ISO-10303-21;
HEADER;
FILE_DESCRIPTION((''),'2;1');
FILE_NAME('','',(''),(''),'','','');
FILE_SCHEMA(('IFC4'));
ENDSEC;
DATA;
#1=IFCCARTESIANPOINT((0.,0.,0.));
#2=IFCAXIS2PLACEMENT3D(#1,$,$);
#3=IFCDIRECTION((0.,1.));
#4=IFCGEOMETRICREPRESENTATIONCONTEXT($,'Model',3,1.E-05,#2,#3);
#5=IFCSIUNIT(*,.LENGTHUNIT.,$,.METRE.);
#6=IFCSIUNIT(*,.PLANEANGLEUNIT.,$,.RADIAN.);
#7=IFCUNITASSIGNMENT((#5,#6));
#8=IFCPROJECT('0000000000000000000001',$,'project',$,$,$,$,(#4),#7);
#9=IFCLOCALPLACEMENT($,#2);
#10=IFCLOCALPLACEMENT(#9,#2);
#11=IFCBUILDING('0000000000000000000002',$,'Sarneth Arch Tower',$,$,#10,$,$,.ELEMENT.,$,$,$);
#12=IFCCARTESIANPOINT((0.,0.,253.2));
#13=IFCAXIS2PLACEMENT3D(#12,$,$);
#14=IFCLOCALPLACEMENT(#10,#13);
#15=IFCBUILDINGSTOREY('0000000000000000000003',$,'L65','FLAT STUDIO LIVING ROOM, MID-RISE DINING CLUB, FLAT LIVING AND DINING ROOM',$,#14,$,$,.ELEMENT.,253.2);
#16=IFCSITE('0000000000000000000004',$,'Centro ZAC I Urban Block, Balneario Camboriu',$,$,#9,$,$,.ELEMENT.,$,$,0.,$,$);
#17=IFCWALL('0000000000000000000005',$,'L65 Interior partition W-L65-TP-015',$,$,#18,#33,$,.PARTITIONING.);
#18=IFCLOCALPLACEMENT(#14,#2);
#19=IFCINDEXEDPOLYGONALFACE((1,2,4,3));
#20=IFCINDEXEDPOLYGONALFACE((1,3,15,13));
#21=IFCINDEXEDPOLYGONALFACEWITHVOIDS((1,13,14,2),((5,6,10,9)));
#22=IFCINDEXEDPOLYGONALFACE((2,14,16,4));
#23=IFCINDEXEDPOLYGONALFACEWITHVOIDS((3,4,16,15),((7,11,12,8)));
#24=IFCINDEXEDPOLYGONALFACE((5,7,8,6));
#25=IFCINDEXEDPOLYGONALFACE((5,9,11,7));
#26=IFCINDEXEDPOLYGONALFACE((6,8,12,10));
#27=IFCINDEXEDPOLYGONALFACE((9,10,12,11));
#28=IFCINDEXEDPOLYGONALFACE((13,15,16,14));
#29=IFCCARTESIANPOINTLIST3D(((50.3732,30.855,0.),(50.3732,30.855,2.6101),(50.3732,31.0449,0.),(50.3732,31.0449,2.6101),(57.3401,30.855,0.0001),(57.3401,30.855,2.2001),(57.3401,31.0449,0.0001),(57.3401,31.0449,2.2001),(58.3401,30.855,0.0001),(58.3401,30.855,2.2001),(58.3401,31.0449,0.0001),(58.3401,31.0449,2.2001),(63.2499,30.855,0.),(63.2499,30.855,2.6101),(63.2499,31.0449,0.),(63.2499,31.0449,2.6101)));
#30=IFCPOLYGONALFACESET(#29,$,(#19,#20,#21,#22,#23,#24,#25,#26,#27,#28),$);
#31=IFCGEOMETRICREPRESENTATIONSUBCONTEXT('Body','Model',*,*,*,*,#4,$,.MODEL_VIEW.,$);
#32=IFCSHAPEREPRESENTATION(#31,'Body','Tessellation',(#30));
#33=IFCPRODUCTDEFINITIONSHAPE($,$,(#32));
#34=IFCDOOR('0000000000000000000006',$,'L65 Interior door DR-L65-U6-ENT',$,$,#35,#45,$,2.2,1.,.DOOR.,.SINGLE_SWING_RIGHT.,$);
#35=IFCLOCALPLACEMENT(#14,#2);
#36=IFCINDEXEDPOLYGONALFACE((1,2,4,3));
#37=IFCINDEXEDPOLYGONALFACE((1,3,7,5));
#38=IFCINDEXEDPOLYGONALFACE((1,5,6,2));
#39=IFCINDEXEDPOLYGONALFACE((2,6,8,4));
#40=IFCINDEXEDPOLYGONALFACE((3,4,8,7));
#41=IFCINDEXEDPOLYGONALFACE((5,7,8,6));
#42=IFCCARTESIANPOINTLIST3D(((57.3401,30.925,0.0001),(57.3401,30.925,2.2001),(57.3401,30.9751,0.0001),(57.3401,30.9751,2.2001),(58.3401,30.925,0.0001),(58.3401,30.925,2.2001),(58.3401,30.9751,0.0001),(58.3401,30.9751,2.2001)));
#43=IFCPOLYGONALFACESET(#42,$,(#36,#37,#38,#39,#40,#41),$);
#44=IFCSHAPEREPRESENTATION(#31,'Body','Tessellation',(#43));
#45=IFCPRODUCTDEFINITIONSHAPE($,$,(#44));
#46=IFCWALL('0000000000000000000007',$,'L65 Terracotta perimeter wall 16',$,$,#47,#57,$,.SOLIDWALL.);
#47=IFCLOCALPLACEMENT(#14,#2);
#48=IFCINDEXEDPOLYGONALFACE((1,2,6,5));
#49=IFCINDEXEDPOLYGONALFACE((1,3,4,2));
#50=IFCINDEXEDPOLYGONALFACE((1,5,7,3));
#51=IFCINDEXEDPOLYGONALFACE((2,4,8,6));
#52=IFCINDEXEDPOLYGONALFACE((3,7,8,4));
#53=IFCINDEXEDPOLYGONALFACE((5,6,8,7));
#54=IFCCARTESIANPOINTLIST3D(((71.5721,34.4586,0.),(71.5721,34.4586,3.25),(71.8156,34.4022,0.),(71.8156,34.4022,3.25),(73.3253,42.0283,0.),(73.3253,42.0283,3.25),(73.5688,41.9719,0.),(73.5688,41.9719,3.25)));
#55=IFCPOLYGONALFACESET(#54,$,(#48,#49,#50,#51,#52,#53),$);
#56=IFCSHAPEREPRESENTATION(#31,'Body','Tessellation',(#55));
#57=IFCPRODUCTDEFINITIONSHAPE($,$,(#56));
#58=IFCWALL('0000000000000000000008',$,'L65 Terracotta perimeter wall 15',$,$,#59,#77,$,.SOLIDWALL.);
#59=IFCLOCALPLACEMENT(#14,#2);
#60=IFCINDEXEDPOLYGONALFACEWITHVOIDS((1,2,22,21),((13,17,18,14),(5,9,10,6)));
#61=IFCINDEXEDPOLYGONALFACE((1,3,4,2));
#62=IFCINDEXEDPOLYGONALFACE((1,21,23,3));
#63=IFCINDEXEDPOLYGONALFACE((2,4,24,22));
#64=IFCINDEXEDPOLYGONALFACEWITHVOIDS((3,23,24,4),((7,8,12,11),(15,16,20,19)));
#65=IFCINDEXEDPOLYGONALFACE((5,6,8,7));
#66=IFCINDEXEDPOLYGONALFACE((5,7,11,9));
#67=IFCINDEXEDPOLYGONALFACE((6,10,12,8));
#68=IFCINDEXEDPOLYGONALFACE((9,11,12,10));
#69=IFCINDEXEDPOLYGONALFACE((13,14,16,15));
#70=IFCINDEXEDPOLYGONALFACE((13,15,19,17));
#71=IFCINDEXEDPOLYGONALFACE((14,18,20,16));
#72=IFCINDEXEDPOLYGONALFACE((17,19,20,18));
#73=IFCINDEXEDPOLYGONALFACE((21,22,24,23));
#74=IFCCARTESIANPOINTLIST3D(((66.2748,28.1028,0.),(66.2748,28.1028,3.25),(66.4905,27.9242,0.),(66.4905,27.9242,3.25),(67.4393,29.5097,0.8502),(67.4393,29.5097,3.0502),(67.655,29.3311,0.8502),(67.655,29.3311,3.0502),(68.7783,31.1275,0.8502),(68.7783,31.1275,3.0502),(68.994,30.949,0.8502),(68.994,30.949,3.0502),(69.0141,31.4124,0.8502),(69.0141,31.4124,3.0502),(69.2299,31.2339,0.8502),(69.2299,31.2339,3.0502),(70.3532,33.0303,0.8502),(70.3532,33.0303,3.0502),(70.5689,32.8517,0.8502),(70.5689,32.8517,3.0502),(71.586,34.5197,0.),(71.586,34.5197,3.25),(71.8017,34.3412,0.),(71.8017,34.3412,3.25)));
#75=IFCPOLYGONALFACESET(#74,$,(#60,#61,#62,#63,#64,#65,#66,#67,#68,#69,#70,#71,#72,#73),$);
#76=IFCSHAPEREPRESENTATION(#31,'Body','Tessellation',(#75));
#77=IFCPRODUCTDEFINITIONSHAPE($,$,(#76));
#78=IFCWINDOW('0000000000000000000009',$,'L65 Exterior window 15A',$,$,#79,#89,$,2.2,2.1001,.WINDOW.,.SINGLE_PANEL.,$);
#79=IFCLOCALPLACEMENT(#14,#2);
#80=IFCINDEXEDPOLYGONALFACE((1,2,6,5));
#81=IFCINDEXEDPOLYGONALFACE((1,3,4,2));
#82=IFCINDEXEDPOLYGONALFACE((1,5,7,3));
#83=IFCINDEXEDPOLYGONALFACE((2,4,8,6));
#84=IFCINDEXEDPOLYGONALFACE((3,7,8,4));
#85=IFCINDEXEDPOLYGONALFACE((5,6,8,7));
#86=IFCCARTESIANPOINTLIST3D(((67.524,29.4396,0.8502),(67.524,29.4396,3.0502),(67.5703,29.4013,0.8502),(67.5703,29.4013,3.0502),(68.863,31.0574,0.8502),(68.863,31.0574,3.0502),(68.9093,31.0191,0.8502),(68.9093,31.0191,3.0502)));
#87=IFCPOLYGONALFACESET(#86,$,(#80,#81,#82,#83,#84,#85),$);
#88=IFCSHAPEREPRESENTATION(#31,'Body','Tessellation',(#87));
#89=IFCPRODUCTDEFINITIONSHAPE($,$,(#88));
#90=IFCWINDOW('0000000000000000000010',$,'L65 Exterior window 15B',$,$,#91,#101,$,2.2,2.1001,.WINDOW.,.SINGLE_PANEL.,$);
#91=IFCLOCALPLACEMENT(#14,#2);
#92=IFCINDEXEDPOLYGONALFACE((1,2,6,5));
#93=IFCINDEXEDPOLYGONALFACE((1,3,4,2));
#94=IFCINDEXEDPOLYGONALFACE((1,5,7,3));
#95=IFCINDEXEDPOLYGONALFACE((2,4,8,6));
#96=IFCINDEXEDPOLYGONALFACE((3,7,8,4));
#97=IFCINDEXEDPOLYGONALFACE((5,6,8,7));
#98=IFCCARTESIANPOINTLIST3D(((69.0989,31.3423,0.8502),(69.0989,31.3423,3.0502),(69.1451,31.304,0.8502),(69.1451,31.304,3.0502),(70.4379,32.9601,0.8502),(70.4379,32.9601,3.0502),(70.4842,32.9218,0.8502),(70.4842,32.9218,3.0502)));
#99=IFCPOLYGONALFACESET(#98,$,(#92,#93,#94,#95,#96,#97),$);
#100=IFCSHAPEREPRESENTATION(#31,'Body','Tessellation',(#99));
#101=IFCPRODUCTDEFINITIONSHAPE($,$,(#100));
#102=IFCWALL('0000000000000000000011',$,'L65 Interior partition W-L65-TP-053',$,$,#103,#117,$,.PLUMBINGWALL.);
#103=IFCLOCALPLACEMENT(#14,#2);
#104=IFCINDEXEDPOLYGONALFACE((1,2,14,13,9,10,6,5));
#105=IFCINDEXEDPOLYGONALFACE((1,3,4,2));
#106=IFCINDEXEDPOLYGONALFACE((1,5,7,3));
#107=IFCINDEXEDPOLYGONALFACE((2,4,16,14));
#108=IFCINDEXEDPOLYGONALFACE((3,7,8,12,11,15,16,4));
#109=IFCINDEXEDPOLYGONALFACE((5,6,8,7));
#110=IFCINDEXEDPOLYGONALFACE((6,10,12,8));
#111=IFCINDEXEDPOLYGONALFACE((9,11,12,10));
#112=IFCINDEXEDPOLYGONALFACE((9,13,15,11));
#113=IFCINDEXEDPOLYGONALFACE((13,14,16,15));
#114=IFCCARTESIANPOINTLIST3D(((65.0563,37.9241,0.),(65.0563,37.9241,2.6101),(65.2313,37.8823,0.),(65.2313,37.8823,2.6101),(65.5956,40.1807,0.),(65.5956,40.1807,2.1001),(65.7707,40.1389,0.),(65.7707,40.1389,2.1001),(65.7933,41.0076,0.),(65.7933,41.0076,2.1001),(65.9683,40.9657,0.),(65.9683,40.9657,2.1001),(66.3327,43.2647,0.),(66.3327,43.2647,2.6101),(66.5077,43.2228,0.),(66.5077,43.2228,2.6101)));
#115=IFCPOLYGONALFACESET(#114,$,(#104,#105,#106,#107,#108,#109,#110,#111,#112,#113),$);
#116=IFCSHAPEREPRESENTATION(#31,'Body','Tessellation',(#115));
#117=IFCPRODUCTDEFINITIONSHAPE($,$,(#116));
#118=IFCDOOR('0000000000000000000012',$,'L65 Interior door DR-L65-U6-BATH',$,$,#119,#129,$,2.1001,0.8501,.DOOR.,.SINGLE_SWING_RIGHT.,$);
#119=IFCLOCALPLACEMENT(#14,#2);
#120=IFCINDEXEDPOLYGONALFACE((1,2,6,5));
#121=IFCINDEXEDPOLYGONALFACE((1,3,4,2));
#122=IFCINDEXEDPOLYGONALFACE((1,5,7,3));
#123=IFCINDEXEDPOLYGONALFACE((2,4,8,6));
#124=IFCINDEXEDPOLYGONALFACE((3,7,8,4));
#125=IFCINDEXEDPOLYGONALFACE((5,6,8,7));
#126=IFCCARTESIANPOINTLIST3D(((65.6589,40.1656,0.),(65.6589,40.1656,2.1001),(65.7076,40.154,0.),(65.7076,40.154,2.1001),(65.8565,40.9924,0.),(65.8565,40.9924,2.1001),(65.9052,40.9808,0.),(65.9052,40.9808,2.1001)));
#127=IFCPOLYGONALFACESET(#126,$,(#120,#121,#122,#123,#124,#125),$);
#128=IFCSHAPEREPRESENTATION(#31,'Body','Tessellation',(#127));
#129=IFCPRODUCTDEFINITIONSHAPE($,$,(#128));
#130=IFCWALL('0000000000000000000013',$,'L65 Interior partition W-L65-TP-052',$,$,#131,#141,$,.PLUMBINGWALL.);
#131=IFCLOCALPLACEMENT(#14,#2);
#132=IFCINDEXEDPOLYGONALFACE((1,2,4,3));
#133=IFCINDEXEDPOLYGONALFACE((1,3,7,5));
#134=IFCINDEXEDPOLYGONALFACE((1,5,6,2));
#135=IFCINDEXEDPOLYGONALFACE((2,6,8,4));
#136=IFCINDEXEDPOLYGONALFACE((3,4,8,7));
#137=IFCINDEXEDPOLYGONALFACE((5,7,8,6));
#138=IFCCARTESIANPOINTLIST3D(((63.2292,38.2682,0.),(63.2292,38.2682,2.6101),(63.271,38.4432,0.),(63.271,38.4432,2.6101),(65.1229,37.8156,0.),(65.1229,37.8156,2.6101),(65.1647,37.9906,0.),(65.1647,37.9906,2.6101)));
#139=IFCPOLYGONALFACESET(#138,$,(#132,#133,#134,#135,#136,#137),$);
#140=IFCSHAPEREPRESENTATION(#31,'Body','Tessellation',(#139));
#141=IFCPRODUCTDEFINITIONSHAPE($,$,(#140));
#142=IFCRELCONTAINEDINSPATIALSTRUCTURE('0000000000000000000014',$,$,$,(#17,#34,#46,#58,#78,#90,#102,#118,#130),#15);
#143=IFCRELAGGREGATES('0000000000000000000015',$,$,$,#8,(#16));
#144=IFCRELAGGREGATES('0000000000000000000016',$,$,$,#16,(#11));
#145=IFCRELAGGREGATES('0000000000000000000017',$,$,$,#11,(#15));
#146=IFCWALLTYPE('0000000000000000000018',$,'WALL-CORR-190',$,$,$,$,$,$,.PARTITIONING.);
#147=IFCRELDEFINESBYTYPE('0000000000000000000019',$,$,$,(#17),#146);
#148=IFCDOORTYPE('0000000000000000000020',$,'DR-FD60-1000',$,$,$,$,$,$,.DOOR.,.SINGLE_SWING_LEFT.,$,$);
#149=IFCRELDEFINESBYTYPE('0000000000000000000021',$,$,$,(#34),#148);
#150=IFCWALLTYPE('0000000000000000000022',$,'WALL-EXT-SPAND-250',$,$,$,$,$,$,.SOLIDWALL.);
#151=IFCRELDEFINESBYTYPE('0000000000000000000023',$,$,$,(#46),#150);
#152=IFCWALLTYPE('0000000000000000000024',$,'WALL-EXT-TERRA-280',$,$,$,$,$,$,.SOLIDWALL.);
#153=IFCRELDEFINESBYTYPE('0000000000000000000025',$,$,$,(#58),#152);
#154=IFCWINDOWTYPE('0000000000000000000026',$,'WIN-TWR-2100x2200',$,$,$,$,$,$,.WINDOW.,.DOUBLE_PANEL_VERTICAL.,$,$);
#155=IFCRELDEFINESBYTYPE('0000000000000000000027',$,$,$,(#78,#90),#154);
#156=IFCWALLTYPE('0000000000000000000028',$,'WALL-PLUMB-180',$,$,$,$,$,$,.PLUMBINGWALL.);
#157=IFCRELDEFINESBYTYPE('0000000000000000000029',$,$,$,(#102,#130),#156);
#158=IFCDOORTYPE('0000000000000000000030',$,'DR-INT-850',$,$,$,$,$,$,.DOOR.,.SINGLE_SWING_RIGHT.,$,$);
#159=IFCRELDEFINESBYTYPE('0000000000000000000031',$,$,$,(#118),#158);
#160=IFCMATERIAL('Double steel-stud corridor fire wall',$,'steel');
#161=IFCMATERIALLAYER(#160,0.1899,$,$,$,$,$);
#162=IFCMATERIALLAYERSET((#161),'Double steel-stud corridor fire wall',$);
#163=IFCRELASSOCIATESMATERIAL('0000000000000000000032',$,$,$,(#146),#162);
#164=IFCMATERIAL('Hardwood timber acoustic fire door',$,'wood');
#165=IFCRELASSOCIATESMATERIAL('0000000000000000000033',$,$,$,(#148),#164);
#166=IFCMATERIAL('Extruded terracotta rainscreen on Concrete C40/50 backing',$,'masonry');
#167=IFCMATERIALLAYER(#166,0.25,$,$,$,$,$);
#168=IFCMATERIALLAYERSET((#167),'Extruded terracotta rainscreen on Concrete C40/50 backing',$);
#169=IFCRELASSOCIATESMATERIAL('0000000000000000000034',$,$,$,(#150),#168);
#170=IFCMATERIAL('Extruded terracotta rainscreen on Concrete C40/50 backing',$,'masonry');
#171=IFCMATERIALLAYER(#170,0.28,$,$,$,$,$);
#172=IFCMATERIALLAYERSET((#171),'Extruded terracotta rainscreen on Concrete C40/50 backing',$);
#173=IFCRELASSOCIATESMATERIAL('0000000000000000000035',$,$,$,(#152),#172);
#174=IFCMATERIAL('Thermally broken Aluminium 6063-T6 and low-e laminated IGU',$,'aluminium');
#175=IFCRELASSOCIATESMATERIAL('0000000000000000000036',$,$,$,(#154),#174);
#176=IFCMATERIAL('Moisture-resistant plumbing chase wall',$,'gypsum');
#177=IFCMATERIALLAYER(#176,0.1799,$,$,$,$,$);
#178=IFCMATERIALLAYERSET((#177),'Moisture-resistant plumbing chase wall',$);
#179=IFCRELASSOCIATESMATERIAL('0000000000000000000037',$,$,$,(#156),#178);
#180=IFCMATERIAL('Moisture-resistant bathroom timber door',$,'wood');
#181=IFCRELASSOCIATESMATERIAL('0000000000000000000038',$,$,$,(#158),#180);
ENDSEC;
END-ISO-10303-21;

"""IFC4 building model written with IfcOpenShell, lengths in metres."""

from ifc_helpers import new_model, si_unit, direction, frame, frame_2d, origin, place, context, subcontext, project, spatial, rectangle, extrude, material, layer, layer_set, type_object, element, fill, save


model = new_model("IFC4")

# Units and contexts
model_context = context("Model", 3, precision=1e-05, world=origin(), true_north=direction((0.0, 1.0)))
body_context = subcontext(model_context, "Body", "Model", "MODEL_VIEW")
ifc_project = project(units=[si_unit("LENGTHUNIT", "METRE"), si_unit("PLANEANGLEUNIT", "RADIAN")], contexts=[model_context])

# Site, building, storey
site_placement = place(None, origin())
site = spatial("IfcSite", under=ifc_project, at=site_placement, Name="Centro ZAC I Urban Block, Balneario Camboriu", CompositionType="ELEMENT", RefElevation=0.0)
building_placement = place(site_placement, origin())
building = spatial("IfcBuilding", under=site, at=building_placement, Name="Sarneth Arch Tower", CompositionType="ELEMENT")
storey_placement = place(building_placement, frame((0.0, 0.0, 253.2)))
storey = spatial("IfcBuildingStorey", under=building, at=storey_placement, Name="L65", Description="FLAT STUDIO LIVING ROOM, MID-RISE DINING CLUB, FLAT LIVING AND DINING ROOM", CompositionType="ELEMENT", Elevation=253.2)

# Wall, opening, door
ifc_material_1 = material(Name="Double steel-stud corridor fire wall", Category="steel")
ifc_layer_1 = layer(ifc_material_1, 0.1899)
ifc_layer_set_1 = layer_set([ifc_layer_1], Name="Double steel-stud corridor fire wall")
wall_type_1 = type_object("IfcWallType", Name="WALL-CORR-190", PredefinedType="PARTITIONING", material=ifc_layer_set_1)
wall_1_placement = place(storey_placement, frame((63.25, 30.95, 0.0), z_axis=(0.0, 0.0, 1.0), x_axis=(-1.0, 0.0, 0.0)))
wall_1 = element("IfcWall", 1, at=wall_1_placement, inside=storey, type_object=wall_type_1, Name="L65 Interior partition W-L65-TP-015", PredefinedType="PARTITIONING", context=body_context, shape_type="SweptSolid", body=[
    extrude(rectangle(XDim=12.8767, YDim=0.1899, at=frame_2d((6.4385, 0.0))), origin(), (0.0, 0.0, 1.0), 2.6101),
])
opening_1_placement = place(wall_1_placement, frame((4.9099, 0.0, 0.0)))
opening_1 = element("IfcOpeningElement", 2, at=opening_1_placement, cuts=wall_1, PredefinedType="OPENING", context=body_context, shape_type="SweptSolid", body=[
    extrude(rectangle(XDim=1.0, YDim=2.2, at=frame_2d((0.5, 1.1001))), frame((0.0, 0.105, 0.0), z_axis=(0.0, -1.0, 0.0), x_axis=(1.0, 0.0, 0.0)), (0.0, 0.0, 1.0), 0.21),
])
ifc_material_2 = material(Name="Hardwood timber acoustic fire door", Category="wood")
door_type_1 = type_object("IfcDoorType", Name="DR-FD60-1000", OperationType="SINGLE_SWING_LEFT", PredefinedType="DOOR", material=ifc_material_2)
door_1_placement = place(opening_1_placement, origin())
door_1 = element("IfcDoor", 3, at=door_1_placement, inside=storey, type_object=door_type_1, Name="L65 Interior door DR-L65-U6-ENT", OperationType="SINGLE_SWING_RIGHT", OverallHeight=2.2, OverallWidth=1.0, PredefinedType="DOOR", context=body_context, shape_type="SweptSolid", body=[
    extrude(rectangle(XDim=1.0, YDim=2.2, at=frame_2d((0.5, 1.1001))), frame((0.0, 0.0249, 0.0), z_axis=(0.0, -1.0, 0.0), x_axis=(1.0, 0.0, 0.0)), (0.0, 0.0, 1.0), 0.05),
])
fill(opening_1, door_1)

# Wall
ifc_material_3 = material(Name="Extruded terracotta rainscreen on Concrete C40/50 backing", Category="masonry")
ifc_layer_2 = layer(ifc_material_3, 0.25)
ifc_layer_set_2 = layer_set([ifc_layer_2], Name="Extruded terracotta rainscreen on Concrete C40/50 backing")
wall_type_2 = type_object("IfcWallType", Name="WALL-EXT-SPAND-250", PredefinedType="SOLIDWALL", material=ifc_layer_set_2)
wall_2_placement = place(storey_placement, frame((71.6938, 34.4304, 0.0), z_axis=(0.0, 0.0, 1.0), x_axis=(0.225635, 0.974212, 0.0)))
element("IfcWall", 4, at=wall_2_placement, inside=storey, type_object=wall_type_2, Name="L65 Terracotta perimeter wall 16", PredefinedType="SOLIDWALL", context=body_context, shape_type="SweptSolid", body=[
    extrude(rectangle(XDim=7.77, YDim=0.25, at=frame_2d((3.885, 0.0))), origin(), (0.0, 0.0, 1.0), 3.25),
])

# Wall, openings, windows
ifc_material_4 = material(Name="Extruded terracotta rainscreen on Concrete C40/50 backing", Category="masonry")
ifc_layer_3 = layer(ifc_material_4, 0.28)
ifc_layer_set_3 = layer_set([ifc_layer_3], Name="Extruded terracotta rainscreen on Concrete C40/50 backing")
wall_type_3 = type_object("IfcWallType", Name="WALL-EXT-TERRA-280", PredefinedType="SOLIDWALL", material=ifc_layer_set_3)
wall_3_placement = place(storey_placement, frame((66.3826, 28.0134, 0.0), z_axis=(0.0, 0.0, 1.0), x_axis=(0.637615, 0.770355, 0.0)))
wall_3 = element("IfcWall", 5, at=wall_3_placement, inside=storey, type_object=wall_type_3, Name="L65 Terracotta perimeter wall 15", PredefinedType="SOLIDWALL", context=body_context, shape_type="SweptSolid", body=[
    extrude(rectangle(XDim=8.3298, YDim=0.28, at=frame_2d((4.165, 0.0))), origin(), (0.0, 0.0, 1.0), 3.25),
])
opening_2_placement = place(wall_3_placement, frame((1.8264, 0.0, 0.8501)))
opening_2 = element("IfcOpeningElement", 6, at=opening_2_placement, cuts=wall_3, PredefinedType="OPENING", context=body_context, shape_type="SweptSolid", body=[
    extrude(rectangle(XDim=2.1001, YDim=2.2, at=frame_2d((1.05, 1.1001))), frame((0.0, 0.1499, 0.0), z_axis=(0.0, -1.0, 0.0), x_axis=(1.0, 0.0, 0.0)), (0.0, 0.0, 1.0), 0.3),
])
opening_3_placement = place(wall_3_placement, frame((4.2964, 0.0, 0.8501)))
opening_3 = element("IfcOpeningElement", 7, at=opening_3_placement, cuts=wall_3, PredefinedType="OPENING", context=body_context, shape_type="SweptSolid", body=[
    extrude(rectangle(XDim=2.1001, YDim=2.2, at=frame_2d((1.05, 1.1001))), frame((0.0, 0.1499, 0.0), z_axis=(0.0, -1.0, 0.0), x_axis=(1.0, 0.0, 0.0)), (0.0, 0.0, 1.0), 0.3),
])
ifc_material_5 = material(Name="Thermally broken Aluminium 6063-T6 and low-e laminated IGU", Category="aluminium")
window_type = type_object("IfcWindowType", Name="WIN-TWR-2100x2200", PartitioningType="DOUBLE_PANEL_VERTICAL", PredefinedType="WINDOW", material=ifc_material_5)
window_1_placement = place(opening_2_placement, origin())
window_1 = element("IfcWindow", 8, at=window_1_placement, inside=storey, type_object=window_type, Name="L65 Exterior window 15A", OverallHeight=2.2, OverallWidth=2.1001, PartitioningType="SINGLE_PANEL", PredefinedType="WINDOW", context=body_context, shape_type="SweptSolid", body=[
    extrude(rectangle(XDim=2.1001, YDim=2.2, at=frame_2d((1.05, 1.1001))), frame((0.0, 0.03, 0.0), z_axis=(0.0, -1.0, 0.0), x_axis=(1.0, 0.0, 0.0)), (0.0, 0.0, 1.0), 0.0601),
])
fill(opening_2, window_1)
window_2_placement = place(opening_3_placement, origin())
window_2 = element("IfcWindow", 9, at=window_2_placement, inside=storey, type_object=window_type, Name="L65 Exterior window 15B", OverallHeight=2.2, OverallWidth=2.1001, PartitioningType="SINGLE_PANEL", PredefinedType="WINDOW", context=body_context, shape_type="SweptSolid", body=[
    extrude(rectangle(XDim=2.1001, YDim=2.2, at=frame_2d((1.05, 1.1001))), frame((0.0, 0.03, 0.0), z_axis=(0.0, -1.0, 0.0), x_axis=(1.0, 0.0, 0.0)), (0.0, 0.0, 1.0), 0.0601),
])
fill(opening_3, window_2)

# Wall, opening, door
ifc_material_6 = material(Name="Moisture-resistant plumbing chase wall", Category="gypsum")
ifc_layer_4 = layer(ifc_material_6, 0.1799)
ifc_layer_set_4 = layer_set([ifc_layer_4], Name="Moisture-resistant plumbing chase wall")
wall_type_4 = type_object("IfcWallType", Name="WALL-PLUMB-180", PredefinedType="PLUMBINGWALL", material=ifc_layer_set_4)
wall_4_placement = place(storey_placement, frame((65.1438, 37.9031, 0.0), z_axis=(0.0, 0.0, 1.0), x_axis=(0.232448, 0.972609, 0.0)))
wall_4 = element("IfcWall", 10, at=wall_4_placement, inside=storey, type_object=wall_type_4, Name="L65 Interior partition W-L65-TP-053", PredefinedType="PLUMBINGWALL", context=body_context, shape_type="SweptSolid", body=[
    extrude(rectangle(XDim=5.491, YDim=0.1799, at=frame_2d((2.7456, 0.0))), origin(), (0.0, 0.0, 1.0), 2.6101),
])
opening_4_placement = place(wall_4_placement, frame((2.3203, 0.0, 0.0)))
opening_4 = element("IfcOpeningElement", 11, at=opening_4_placement, cuts=wall_4, PredefinedType="OPENING", context=body_context, shape_type="SweptSolid", body=[
    extrude(rectangle(XDim=0.8501, YDim=2.1001, at=frame_2d((0.425, 1.05))), frame((0.0, 0.0999, 0.0), z_axis=(0.0, -1.0, 0.0), x_axis=(1.0, 0.0, 0.0)), (0.0, 0.0, 1.0), 0.2),
])
ifc_material_7 = material(Name="Moisture-resistant bathroom timber door", Category="wood")
door_type_2 = type_object("IfcDoorType", Name="DR-INT-850", OperationType="SINGLE_SWING_RIGHT", PredefinedType="DOOR", material=ifc_material_7)
door_2_placement = place(opening_4_placement, origin())
door_2 = element("IfcDoor", 12, at=door_2_placement, inside=storey, type_object=door_type_2, Name="L65 Interior door DR-L65-U6-BATH", OperationType="SINGLE_SWING_RIGHT", OverallHeight=2.1001, OverallWidth=0.8501, PredefinedType="DOOR", context=body_context, shape_type="SweptSolid", body=[
    extrude(rectangle(XDim=0.8501, YDim=2.1001, at=frame_2d((0.425, 1.05))), frame((0.0, 0.0249, 0.0), z_axis=(0.0, -1.0, 0.0), x_axis=(1.0, 0.0, 0.0)), (0.0, 0.0, 1.0), 0.05),
])
fill(opening_4, door_2)

# Wall
wall_5_placement = place(storey_placement, frame((63.25, 38.3557, 0.0), z_axis=(0.0, 0.0, 1.0), x_axis=(0.972605, -0.232462, 0.0)))
element("IfcWall", 13, at=wall_5_placement, inside=storey, type_object=wall_type_4, Name="L65 Interior partition W-L65-TP-052", PredefinedType="PLUMBINGWALL", context=body_context, shape_type="SweptSolid", body=[
    extrude(rectangle(XDim=1.947, YDim=0.1799, at=frame_2d((0.9736, 0.0))), origin(), (0.0, 0.0, 1.0), 2.6101),
])

save(model, "model.ifc")
